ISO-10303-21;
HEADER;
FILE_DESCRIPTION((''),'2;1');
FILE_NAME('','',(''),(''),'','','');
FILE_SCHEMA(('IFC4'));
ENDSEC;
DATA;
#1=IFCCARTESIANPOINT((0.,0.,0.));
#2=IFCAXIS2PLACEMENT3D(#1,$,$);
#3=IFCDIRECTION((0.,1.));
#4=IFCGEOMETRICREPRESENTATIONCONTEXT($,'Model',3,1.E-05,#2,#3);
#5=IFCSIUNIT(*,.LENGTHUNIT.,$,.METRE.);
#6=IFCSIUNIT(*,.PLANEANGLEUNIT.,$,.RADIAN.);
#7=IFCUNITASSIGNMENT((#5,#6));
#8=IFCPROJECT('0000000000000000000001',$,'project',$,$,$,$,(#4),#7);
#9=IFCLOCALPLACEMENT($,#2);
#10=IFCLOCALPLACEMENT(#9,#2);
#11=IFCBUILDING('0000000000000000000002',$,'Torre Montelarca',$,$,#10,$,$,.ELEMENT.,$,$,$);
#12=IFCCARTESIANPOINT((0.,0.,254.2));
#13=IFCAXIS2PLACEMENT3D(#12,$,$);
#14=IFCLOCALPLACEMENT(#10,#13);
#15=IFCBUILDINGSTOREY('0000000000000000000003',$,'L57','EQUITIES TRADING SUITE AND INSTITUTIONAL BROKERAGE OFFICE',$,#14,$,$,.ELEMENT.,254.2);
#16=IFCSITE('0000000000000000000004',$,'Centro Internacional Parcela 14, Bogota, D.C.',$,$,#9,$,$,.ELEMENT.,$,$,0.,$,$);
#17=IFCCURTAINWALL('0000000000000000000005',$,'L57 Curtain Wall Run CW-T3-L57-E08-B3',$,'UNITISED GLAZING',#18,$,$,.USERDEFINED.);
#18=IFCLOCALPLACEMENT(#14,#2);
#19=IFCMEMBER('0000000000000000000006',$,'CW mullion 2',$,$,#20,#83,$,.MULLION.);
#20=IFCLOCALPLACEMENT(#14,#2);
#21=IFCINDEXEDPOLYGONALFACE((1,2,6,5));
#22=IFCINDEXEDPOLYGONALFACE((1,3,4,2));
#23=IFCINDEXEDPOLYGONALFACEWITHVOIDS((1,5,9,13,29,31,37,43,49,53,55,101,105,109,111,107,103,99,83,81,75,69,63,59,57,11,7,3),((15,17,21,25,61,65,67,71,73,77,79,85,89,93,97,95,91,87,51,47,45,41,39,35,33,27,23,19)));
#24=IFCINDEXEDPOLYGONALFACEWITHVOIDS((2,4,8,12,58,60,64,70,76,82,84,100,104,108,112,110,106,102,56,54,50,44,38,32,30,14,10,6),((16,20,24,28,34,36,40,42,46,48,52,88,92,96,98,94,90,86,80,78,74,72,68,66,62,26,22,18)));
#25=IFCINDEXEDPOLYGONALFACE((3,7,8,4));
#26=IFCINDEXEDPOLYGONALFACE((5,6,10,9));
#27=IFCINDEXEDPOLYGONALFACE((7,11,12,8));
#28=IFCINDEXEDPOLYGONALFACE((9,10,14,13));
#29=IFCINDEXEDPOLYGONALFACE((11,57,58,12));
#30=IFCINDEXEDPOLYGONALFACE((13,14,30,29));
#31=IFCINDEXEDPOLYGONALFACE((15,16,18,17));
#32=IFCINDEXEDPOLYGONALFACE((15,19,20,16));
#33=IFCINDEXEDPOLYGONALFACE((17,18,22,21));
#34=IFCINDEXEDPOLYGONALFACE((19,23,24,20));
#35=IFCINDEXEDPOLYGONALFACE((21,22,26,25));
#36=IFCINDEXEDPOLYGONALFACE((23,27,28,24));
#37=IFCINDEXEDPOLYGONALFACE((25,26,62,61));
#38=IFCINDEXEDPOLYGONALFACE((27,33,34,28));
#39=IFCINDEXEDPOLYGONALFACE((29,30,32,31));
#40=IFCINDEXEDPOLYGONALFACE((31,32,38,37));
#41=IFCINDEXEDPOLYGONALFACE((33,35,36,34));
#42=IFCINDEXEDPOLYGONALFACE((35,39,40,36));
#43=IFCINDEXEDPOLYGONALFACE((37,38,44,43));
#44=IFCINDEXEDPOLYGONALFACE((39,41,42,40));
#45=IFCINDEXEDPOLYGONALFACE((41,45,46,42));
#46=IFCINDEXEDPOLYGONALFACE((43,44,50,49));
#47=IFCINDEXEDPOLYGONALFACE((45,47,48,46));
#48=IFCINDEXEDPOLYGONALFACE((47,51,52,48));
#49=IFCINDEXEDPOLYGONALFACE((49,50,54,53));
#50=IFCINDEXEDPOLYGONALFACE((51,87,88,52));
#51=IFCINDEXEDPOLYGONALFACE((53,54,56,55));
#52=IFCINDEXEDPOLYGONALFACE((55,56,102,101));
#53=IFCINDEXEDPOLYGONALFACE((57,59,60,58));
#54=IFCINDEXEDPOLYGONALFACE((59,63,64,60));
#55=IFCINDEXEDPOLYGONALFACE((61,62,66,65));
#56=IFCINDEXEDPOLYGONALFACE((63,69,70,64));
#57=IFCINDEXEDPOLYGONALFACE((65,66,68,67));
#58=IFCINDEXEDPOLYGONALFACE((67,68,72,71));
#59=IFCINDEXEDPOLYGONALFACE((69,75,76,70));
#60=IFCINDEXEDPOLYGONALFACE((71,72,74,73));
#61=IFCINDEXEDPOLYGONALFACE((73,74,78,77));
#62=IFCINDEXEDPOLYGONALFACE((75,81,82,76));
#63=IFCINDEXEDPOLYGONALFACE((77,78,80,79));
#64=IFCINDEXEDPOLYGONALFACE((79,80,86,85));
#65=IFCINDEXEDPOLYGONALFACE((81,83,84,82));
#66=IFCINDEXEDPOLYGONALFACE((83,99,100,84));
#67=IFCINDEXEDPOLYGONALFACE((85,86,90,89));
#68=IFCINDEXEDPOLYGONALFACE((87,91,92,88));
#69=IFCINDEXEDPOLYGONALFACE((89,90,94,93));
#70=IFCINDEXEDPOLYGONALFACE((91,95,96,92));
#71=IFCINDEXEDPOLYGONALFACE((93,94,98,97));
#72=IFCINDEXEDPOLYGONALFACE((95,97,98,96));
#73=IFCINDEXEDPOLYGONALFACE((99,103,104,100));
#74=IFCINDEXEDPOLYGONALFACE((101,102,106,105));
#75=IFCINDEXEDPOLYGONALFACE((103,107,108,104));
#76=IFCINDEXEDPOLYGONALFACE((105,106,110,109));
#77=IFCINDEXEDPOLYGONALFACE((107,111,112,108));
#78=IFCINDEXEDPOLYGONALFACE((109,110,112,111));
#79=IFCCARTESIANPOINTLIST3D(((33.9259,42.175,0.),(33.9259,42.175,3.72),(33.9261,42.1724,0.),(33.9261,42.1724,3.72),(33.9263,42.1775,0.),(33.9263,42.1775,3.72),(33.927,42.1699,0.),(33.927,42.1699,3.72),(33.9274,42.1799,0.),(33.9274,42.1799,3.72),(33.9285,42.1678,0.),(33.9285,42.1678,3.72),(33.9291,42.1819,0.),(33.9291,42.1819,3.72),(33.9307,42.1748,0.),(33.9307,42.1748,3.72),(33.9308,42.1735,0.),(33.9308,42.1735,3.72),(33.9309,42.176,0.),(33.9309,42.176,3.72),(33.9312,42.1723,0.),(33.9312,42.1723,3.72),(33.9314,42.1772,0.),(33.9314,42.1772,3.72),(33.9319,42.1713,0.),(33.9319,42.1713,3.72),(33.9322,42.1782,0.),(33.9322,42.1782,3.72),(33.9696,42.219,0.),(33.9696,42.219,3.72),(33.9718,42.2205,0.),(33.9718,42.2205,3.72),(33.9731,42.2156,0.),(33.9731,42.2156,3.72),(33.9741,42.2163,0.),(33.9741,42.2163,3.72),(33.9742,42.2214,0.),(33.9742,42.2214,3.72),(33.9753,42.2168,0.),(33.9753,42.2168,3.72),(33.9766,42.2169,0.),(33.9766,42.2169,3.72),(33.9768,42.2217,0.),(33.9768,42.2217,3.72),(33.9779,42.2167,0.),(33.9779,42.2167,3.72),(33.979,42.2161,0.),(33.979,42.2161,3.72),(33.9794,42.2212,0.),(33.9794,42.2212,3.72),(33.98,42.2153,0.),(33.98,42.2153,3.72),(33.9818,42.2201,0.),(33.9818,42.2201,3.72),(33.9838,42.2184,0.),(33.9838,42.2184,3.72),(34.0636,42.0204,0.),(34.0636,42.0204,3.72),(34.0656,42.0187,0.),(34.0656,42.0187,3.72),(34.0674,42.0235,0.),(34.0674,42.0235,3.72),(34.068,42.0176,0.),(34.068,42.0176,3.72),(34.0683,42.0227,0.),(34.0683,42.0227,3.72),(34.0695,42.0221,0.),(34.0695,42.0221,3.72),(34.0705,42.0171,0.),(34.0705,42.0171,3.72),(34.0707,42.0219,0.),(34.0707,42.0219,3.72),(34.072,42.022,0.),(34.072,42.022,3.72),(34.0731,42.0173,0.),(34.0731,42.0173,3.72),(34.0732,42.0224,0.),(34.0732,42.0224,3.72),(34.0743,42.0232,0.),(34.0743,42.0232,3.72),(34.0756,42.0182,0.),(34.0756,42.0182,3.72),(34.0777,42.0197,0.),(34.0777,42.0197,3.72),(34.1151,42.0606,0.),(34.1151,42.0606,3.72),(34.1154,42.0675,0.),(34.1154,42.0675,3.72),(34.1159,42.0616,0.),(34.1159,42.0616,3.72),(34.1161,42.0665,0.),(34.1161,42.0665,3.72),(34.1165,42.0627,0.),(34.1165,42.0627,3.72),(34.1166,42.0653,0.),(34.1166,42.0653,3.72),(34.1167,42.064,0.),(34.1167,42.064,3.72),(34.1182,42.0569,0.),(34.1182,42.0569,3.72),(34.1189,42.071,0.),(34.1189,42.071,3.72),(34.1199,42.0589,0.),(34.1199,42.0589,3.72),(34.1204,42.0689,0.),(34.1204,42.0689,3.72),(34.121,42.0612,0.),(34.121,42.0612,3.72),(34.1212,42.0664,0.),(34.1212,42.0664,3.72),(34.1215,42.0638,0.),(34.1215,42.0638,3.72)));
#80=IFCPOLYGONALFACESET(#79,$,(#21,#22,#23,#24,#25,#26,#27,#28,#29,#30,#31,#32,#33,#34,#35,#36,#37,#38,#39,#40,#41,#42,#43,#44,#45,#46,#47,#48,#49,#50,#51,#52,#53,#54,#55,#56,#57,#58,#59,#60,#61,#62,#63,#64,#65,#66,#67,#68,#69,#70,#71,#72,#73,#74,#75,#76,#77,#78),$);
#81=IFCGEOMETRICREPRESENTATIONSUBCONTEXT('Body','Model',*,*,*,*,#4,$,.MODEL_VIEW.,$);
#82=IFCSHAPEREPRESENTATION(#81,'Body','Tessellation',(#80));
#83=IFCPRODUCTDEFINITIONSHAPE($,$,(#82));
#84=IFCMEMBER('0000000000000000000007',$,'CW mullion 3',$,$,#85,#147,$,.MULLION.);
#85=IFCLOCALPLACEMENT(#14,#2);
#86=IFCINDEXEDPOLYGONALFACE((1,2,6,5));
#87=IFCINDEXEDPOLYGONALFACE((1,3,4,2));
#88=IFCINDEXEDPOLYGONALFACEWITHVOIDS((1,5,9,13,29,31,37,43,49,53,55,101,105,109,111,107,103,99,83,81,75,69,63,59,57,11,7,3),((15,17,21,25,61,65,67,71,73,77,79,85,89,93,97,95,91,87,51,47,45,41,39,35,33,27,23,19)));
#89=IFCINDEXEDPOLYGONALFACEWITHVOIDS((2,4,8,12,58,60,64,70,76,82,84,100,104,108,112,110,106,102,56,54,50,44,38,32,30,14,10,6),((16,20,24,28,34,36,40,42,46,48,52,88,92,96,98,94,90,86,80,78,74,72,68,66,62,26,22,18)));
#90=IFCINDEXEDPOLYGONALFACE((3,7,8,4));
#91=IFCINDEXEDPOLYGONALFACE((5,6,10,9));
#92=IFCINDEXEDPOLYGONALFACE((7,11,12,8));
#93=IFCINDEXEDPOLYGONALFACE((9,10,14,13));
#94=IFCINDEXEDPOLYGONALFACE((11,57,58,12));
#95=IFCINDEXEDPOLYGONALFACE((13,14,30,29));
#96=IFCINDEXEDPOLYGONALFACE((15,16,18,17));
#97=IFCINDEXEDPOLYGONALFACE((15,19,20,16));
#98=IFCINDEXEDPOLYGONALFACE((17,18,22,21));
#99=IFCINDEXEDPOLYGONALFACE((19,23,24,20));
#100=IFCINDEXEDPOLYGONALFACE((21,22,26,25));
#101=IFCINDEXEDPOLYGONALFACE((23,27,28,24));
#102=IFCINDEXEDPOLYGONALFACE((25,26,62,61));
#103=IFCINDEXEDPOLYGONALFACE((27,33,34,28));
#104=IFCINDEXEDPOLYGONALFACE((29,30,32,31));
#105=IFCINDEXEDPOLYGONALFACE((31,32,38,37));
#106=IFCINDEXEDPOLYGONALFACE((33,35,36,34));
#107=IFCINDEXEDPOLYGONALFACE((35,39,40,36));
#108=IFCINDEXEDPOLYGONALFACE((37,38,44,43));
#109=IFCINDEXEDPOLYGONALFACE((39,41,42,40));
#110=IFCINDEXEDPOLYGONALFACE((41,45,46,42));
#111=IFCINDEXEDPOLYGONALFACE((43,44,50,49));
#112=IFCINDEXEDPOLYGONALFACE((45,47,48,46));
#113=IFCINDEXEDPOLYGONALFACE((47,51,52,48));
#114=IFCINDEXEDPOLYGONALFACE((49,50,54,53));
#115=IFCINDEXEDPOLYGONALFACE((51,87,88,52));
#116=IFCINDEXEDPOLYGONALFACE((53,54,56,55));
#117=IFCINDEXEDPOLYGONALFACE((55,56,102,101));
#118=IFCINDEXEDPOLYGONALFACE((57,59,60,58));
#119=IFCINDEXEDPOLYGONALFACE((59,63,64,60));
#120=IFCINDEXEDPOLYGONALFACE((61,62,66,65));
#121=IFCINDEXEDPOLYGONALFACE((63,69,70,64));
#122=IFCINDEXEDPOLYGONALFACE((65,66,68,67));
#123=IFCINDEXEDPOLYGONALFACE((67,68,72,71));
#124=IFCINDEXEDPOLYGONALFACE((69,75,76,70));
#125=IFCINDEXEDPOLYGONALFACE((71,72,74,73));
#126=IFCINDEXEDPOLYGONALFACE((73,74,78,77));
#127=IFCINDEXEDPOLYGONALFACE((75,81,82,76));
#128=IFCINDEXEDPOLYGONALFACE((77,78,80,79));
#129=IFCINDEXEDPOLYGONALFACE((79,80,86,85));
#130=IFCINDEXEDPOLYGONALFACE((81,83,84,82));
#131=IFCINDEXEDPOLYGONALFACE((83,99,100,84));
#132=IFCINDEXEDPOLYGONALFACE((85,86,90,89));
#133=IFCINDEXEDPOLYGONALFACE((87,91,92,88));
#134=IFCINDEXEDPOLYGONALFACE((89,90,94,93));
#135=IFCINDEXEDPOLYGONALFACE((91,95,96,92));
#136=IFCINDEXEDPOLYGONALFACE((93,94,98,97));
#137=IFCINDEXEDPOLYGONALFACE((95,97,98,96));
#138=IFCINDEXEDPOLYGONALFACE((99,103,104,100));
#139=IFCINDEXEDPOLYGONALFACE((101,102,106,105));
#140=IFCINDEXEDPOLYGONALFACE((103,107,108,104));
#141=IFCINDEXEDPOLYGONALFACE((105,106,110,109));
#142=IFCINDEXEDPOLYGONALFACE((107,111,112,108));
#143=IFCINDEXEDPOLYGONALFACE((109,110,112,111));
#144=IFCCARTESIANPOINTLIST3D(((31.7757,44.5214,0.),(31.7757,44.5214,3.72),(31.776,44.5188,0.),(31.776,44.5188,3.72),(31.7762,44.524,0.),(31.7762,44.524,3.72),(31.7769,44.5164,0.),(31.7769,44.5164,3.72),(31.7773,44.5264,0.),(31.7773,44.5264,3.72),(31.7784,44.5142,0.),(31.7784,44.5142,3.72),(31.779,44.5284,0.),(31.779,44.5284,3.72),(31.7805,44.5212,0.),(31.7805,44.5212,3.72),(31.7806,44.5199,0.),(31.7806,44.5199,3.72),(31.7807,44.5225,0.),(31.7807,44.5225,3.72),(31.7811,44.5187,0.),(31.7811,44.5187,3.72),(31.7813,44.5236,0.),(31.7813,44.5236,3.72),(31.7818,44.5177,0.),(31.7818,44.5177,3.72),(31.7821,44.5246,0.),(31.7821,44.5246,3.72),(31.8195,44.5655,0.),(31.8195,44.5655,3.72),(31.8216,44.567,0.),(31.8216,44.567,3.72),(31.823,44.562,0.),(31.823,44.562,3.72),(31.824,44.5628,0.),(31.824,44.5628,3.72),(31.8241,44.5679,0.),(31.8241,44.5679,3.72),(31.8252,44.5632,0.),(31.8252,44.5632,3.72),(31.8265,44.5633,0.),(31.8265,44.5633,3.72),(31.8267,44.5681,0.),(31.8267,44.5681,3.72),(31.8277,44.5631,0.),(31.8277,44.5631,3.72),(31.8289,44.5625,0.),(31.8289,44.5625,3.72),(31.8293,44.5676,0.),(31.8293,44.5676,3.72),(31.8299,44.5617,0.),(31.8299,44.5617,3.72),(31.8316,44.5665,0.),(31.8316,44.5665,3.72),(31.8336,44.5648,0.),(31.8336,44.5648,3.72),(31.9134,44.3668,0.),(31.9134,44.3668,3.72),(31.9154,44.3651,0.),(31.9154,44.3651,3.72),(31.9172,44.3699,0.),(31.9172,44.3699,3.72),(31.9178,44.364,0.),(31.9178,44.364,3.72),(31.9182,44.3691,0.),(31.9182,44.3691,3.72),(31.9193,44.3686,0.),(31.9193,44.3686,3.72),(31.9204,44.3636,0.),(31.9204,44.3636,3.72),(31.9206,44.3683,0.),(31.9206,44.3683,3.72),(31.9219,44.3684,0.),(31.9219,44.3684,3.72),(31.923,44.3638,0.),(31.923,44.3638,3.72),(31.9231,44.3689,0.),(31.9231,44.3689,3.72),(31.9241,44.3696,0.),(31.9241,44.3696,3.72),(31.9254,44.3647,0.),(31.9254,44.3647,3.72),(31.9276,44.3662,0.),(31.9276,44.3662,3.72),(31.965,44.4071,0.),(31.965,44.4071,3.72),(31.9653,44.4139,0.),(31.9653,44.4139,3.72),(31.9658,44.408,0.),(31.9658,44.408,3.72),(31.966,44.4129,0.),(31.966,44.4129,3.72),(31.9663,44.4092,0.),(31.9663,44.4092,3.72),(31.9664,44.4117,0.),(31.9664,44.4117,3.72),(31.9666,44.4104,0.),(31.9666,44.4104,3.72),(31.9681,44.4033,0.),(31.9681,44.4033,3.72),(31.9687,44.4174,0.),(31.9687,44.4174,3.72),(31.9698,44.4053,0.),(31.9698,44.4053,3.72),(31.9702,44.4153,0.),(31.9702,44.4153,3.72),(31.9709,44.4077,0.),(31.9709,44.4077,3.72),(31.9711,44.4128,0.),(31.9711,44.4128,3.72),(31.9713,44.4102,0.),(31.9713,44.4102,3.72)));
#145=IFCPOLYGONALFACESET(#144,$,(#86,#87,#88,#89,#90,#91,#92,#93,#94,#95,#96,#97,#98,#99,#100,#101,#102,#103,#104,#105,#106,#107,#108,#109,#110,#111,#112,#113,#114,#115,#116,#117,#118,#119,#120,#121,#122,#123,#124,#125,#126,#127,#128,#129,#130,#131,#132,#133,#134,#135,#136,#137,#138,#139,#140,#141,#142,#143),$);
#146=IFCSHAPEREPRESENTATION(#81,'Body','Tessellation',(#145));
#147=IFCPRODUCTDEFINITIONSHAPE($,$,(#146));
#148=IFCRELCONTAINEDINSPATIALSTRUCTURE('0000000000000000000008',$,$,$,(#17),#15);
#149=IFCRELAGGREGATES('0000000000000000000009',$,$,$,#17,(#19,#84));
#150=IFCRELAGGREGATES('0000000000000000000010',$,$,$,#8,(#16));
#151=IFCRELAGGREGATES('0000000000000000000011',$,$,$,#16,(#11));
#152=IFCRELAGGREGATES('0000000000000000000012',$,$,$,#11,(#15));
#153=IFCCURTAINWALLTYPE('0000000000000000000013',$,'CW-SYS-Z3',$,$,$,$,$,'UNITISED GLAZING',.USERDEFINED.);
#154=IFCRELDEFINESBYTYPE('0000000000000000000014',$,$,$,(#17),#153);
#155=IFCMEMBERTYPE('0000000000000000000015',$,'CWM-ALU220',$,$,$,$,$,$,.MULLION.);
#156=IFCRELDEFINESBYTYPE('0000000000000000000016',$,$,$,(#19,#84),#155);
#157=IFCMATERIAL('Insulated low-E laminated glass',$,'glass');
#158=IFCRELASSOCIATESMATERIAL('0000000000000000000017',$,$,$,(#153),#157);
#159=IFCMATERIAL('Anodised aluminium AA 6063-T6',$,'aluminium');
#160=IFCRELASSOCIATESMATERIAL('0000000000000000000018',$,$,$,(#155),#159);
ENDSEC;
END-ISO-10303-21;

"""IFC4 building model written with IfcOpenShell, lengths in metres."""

from ifc_helpers import new_model, si_unit, direction, frame, origin, origin_2d, place, context, subcontext, project, spatial, hollow_rectangle, extrude, source, transform, mapped, material, material_profile, profile_set, type_object, element, aggregate, save


model = new_model("IFC4")

# Units and contexts
model_context = context("Model", 3, precision=1e-05, world=origin(), true_north=direction((0.0, 1.0)))
body_context = subcontext(model_context, "Body", "Model", "MODEL_VIEW")
ifc_project = project(units=[si_unit("LENGTHUNIT", "METRE"), si_unit("PLANEANGLEUNIT", "RADIAN")], contexts=[model_context])

# Site, building, storey
site_placement = place(None, origin())
site = spatial("IfcSite", under=ifc_project, at=site_placement, Name="Centro Internacional Parcela 14, Bogota, D.C.", CompositionType="ELEMENT", RefElevation=0.0)
building_placement = place(site_placement, origin())
building = spatial("IfcBuilding", under=site, at=building_placement, Name="Torre Montelarca", CompositionType="ELEMENT")
storey_placement = place(building_placement, frame((0.0, 0.0, 254.2)))
storey = spatial("IfcBuildingStorey", under=building, at=storey_placement, Name="L57", Description="EQUITIES TRADING SUITE AND INSTITUTIONAL BROKERAGE OFFICE", CompositionType="ELEMENT", Elevation=254.2)

# Shared definitions
ifc_material_1 = material(Name="Insulated low-E laminated glass", Category="glass")
curtain_wall_type = type_object("IfcCurtainWallType", Name="CW-SYS-Z3", ElementType="UNITISED GLAZING", PredefinedType="USERDEFINED", material=ifc_material_1)
ifc_material_2 = material(Name="Anodised aluminium AA 6063-T6", Category="aluminium")
ifc_material_profile_1 = material_profile(ifc_material_2, hollow_rectangle(XDim=0.075, YDim=0.22, WallThickness=0.0049, InnerFilletRadius=0.0049, OuterFilletRadius=0.01, at=origin_2d()), Name="ALU75X220X5", Category="aluminium")
ifc_profile_set_1 = profile_set([ifc_material_profile_1], Name="Anodised aluminium AA 6063-T6")
member_type_1 = type_object("IfcMemberType", Name="CWM-ALU220", PredefinedType="MULLION", material=ifc_profile_set_1)
shared_shape_1 = source(origin(), body_context, "Body", "SweptSolid", [
    extrude(hollow_rectangle(XDim=0.075, YDim=0.22, WallThickness=0.0049, InnerFilletRadius=0.0049, OuterFilletRadius=0.01, at=origin_2d()), origin(), (0.0, 0.0, 1.0), 3.72),
])

# Curtain wall, members
curtain_wall_1_placement = place(storey_placement, origin())
curtain_wall_1 = element("IfcCurtainWall", 1, at=curtain_wall_1_placement, inside=storey, type_object=curtain_wall_type, Name="L57 Curtain Wall Run CW-T3-L57-E08-B3", ObjectType="UNITISED GLAZING", PredefinedType="USERDEFINED")
member_1_placement = place(storey_placement, frame((34.0237, 42.1194, 0.0), z_axis=(0.0, 0.0, 1.0), x_axis=(-0.73728, -0.675588, 0.0)))
member_1 = element("IfcMember", 2, at=member_1_placement, type_object=member_type_1, Name="CW mullion 2", PredefinedType="MULLION", context=body_context, shape_type="MappedRepresentation", body=[
    mapped(shared_shape_1, transform((0.0, 0.0, 0.0), scale=1.0)),
])
member_2_placement = place(storey_placement, frame((31.8735, 44.4658, 0.0), z_axis=(0.0, 0.0, 1.0), x_axis=(-0.73728, -0.675588, 0.0)))
member_2 = element("IfcMember", 3, at=member_2_placement, type_object=member_type_1, Name="CW mullion 3", PredefinedType="MULLION", context=body_context, shape_type="MappedRepresentation", body=[
    mapped(shared_shape_1, transform((0.0, 0.0, 0.0), scale=1.0)),
])

aggregate(curtain_wall_1, [member_1, member_2])

save(model, "model.ifc")
